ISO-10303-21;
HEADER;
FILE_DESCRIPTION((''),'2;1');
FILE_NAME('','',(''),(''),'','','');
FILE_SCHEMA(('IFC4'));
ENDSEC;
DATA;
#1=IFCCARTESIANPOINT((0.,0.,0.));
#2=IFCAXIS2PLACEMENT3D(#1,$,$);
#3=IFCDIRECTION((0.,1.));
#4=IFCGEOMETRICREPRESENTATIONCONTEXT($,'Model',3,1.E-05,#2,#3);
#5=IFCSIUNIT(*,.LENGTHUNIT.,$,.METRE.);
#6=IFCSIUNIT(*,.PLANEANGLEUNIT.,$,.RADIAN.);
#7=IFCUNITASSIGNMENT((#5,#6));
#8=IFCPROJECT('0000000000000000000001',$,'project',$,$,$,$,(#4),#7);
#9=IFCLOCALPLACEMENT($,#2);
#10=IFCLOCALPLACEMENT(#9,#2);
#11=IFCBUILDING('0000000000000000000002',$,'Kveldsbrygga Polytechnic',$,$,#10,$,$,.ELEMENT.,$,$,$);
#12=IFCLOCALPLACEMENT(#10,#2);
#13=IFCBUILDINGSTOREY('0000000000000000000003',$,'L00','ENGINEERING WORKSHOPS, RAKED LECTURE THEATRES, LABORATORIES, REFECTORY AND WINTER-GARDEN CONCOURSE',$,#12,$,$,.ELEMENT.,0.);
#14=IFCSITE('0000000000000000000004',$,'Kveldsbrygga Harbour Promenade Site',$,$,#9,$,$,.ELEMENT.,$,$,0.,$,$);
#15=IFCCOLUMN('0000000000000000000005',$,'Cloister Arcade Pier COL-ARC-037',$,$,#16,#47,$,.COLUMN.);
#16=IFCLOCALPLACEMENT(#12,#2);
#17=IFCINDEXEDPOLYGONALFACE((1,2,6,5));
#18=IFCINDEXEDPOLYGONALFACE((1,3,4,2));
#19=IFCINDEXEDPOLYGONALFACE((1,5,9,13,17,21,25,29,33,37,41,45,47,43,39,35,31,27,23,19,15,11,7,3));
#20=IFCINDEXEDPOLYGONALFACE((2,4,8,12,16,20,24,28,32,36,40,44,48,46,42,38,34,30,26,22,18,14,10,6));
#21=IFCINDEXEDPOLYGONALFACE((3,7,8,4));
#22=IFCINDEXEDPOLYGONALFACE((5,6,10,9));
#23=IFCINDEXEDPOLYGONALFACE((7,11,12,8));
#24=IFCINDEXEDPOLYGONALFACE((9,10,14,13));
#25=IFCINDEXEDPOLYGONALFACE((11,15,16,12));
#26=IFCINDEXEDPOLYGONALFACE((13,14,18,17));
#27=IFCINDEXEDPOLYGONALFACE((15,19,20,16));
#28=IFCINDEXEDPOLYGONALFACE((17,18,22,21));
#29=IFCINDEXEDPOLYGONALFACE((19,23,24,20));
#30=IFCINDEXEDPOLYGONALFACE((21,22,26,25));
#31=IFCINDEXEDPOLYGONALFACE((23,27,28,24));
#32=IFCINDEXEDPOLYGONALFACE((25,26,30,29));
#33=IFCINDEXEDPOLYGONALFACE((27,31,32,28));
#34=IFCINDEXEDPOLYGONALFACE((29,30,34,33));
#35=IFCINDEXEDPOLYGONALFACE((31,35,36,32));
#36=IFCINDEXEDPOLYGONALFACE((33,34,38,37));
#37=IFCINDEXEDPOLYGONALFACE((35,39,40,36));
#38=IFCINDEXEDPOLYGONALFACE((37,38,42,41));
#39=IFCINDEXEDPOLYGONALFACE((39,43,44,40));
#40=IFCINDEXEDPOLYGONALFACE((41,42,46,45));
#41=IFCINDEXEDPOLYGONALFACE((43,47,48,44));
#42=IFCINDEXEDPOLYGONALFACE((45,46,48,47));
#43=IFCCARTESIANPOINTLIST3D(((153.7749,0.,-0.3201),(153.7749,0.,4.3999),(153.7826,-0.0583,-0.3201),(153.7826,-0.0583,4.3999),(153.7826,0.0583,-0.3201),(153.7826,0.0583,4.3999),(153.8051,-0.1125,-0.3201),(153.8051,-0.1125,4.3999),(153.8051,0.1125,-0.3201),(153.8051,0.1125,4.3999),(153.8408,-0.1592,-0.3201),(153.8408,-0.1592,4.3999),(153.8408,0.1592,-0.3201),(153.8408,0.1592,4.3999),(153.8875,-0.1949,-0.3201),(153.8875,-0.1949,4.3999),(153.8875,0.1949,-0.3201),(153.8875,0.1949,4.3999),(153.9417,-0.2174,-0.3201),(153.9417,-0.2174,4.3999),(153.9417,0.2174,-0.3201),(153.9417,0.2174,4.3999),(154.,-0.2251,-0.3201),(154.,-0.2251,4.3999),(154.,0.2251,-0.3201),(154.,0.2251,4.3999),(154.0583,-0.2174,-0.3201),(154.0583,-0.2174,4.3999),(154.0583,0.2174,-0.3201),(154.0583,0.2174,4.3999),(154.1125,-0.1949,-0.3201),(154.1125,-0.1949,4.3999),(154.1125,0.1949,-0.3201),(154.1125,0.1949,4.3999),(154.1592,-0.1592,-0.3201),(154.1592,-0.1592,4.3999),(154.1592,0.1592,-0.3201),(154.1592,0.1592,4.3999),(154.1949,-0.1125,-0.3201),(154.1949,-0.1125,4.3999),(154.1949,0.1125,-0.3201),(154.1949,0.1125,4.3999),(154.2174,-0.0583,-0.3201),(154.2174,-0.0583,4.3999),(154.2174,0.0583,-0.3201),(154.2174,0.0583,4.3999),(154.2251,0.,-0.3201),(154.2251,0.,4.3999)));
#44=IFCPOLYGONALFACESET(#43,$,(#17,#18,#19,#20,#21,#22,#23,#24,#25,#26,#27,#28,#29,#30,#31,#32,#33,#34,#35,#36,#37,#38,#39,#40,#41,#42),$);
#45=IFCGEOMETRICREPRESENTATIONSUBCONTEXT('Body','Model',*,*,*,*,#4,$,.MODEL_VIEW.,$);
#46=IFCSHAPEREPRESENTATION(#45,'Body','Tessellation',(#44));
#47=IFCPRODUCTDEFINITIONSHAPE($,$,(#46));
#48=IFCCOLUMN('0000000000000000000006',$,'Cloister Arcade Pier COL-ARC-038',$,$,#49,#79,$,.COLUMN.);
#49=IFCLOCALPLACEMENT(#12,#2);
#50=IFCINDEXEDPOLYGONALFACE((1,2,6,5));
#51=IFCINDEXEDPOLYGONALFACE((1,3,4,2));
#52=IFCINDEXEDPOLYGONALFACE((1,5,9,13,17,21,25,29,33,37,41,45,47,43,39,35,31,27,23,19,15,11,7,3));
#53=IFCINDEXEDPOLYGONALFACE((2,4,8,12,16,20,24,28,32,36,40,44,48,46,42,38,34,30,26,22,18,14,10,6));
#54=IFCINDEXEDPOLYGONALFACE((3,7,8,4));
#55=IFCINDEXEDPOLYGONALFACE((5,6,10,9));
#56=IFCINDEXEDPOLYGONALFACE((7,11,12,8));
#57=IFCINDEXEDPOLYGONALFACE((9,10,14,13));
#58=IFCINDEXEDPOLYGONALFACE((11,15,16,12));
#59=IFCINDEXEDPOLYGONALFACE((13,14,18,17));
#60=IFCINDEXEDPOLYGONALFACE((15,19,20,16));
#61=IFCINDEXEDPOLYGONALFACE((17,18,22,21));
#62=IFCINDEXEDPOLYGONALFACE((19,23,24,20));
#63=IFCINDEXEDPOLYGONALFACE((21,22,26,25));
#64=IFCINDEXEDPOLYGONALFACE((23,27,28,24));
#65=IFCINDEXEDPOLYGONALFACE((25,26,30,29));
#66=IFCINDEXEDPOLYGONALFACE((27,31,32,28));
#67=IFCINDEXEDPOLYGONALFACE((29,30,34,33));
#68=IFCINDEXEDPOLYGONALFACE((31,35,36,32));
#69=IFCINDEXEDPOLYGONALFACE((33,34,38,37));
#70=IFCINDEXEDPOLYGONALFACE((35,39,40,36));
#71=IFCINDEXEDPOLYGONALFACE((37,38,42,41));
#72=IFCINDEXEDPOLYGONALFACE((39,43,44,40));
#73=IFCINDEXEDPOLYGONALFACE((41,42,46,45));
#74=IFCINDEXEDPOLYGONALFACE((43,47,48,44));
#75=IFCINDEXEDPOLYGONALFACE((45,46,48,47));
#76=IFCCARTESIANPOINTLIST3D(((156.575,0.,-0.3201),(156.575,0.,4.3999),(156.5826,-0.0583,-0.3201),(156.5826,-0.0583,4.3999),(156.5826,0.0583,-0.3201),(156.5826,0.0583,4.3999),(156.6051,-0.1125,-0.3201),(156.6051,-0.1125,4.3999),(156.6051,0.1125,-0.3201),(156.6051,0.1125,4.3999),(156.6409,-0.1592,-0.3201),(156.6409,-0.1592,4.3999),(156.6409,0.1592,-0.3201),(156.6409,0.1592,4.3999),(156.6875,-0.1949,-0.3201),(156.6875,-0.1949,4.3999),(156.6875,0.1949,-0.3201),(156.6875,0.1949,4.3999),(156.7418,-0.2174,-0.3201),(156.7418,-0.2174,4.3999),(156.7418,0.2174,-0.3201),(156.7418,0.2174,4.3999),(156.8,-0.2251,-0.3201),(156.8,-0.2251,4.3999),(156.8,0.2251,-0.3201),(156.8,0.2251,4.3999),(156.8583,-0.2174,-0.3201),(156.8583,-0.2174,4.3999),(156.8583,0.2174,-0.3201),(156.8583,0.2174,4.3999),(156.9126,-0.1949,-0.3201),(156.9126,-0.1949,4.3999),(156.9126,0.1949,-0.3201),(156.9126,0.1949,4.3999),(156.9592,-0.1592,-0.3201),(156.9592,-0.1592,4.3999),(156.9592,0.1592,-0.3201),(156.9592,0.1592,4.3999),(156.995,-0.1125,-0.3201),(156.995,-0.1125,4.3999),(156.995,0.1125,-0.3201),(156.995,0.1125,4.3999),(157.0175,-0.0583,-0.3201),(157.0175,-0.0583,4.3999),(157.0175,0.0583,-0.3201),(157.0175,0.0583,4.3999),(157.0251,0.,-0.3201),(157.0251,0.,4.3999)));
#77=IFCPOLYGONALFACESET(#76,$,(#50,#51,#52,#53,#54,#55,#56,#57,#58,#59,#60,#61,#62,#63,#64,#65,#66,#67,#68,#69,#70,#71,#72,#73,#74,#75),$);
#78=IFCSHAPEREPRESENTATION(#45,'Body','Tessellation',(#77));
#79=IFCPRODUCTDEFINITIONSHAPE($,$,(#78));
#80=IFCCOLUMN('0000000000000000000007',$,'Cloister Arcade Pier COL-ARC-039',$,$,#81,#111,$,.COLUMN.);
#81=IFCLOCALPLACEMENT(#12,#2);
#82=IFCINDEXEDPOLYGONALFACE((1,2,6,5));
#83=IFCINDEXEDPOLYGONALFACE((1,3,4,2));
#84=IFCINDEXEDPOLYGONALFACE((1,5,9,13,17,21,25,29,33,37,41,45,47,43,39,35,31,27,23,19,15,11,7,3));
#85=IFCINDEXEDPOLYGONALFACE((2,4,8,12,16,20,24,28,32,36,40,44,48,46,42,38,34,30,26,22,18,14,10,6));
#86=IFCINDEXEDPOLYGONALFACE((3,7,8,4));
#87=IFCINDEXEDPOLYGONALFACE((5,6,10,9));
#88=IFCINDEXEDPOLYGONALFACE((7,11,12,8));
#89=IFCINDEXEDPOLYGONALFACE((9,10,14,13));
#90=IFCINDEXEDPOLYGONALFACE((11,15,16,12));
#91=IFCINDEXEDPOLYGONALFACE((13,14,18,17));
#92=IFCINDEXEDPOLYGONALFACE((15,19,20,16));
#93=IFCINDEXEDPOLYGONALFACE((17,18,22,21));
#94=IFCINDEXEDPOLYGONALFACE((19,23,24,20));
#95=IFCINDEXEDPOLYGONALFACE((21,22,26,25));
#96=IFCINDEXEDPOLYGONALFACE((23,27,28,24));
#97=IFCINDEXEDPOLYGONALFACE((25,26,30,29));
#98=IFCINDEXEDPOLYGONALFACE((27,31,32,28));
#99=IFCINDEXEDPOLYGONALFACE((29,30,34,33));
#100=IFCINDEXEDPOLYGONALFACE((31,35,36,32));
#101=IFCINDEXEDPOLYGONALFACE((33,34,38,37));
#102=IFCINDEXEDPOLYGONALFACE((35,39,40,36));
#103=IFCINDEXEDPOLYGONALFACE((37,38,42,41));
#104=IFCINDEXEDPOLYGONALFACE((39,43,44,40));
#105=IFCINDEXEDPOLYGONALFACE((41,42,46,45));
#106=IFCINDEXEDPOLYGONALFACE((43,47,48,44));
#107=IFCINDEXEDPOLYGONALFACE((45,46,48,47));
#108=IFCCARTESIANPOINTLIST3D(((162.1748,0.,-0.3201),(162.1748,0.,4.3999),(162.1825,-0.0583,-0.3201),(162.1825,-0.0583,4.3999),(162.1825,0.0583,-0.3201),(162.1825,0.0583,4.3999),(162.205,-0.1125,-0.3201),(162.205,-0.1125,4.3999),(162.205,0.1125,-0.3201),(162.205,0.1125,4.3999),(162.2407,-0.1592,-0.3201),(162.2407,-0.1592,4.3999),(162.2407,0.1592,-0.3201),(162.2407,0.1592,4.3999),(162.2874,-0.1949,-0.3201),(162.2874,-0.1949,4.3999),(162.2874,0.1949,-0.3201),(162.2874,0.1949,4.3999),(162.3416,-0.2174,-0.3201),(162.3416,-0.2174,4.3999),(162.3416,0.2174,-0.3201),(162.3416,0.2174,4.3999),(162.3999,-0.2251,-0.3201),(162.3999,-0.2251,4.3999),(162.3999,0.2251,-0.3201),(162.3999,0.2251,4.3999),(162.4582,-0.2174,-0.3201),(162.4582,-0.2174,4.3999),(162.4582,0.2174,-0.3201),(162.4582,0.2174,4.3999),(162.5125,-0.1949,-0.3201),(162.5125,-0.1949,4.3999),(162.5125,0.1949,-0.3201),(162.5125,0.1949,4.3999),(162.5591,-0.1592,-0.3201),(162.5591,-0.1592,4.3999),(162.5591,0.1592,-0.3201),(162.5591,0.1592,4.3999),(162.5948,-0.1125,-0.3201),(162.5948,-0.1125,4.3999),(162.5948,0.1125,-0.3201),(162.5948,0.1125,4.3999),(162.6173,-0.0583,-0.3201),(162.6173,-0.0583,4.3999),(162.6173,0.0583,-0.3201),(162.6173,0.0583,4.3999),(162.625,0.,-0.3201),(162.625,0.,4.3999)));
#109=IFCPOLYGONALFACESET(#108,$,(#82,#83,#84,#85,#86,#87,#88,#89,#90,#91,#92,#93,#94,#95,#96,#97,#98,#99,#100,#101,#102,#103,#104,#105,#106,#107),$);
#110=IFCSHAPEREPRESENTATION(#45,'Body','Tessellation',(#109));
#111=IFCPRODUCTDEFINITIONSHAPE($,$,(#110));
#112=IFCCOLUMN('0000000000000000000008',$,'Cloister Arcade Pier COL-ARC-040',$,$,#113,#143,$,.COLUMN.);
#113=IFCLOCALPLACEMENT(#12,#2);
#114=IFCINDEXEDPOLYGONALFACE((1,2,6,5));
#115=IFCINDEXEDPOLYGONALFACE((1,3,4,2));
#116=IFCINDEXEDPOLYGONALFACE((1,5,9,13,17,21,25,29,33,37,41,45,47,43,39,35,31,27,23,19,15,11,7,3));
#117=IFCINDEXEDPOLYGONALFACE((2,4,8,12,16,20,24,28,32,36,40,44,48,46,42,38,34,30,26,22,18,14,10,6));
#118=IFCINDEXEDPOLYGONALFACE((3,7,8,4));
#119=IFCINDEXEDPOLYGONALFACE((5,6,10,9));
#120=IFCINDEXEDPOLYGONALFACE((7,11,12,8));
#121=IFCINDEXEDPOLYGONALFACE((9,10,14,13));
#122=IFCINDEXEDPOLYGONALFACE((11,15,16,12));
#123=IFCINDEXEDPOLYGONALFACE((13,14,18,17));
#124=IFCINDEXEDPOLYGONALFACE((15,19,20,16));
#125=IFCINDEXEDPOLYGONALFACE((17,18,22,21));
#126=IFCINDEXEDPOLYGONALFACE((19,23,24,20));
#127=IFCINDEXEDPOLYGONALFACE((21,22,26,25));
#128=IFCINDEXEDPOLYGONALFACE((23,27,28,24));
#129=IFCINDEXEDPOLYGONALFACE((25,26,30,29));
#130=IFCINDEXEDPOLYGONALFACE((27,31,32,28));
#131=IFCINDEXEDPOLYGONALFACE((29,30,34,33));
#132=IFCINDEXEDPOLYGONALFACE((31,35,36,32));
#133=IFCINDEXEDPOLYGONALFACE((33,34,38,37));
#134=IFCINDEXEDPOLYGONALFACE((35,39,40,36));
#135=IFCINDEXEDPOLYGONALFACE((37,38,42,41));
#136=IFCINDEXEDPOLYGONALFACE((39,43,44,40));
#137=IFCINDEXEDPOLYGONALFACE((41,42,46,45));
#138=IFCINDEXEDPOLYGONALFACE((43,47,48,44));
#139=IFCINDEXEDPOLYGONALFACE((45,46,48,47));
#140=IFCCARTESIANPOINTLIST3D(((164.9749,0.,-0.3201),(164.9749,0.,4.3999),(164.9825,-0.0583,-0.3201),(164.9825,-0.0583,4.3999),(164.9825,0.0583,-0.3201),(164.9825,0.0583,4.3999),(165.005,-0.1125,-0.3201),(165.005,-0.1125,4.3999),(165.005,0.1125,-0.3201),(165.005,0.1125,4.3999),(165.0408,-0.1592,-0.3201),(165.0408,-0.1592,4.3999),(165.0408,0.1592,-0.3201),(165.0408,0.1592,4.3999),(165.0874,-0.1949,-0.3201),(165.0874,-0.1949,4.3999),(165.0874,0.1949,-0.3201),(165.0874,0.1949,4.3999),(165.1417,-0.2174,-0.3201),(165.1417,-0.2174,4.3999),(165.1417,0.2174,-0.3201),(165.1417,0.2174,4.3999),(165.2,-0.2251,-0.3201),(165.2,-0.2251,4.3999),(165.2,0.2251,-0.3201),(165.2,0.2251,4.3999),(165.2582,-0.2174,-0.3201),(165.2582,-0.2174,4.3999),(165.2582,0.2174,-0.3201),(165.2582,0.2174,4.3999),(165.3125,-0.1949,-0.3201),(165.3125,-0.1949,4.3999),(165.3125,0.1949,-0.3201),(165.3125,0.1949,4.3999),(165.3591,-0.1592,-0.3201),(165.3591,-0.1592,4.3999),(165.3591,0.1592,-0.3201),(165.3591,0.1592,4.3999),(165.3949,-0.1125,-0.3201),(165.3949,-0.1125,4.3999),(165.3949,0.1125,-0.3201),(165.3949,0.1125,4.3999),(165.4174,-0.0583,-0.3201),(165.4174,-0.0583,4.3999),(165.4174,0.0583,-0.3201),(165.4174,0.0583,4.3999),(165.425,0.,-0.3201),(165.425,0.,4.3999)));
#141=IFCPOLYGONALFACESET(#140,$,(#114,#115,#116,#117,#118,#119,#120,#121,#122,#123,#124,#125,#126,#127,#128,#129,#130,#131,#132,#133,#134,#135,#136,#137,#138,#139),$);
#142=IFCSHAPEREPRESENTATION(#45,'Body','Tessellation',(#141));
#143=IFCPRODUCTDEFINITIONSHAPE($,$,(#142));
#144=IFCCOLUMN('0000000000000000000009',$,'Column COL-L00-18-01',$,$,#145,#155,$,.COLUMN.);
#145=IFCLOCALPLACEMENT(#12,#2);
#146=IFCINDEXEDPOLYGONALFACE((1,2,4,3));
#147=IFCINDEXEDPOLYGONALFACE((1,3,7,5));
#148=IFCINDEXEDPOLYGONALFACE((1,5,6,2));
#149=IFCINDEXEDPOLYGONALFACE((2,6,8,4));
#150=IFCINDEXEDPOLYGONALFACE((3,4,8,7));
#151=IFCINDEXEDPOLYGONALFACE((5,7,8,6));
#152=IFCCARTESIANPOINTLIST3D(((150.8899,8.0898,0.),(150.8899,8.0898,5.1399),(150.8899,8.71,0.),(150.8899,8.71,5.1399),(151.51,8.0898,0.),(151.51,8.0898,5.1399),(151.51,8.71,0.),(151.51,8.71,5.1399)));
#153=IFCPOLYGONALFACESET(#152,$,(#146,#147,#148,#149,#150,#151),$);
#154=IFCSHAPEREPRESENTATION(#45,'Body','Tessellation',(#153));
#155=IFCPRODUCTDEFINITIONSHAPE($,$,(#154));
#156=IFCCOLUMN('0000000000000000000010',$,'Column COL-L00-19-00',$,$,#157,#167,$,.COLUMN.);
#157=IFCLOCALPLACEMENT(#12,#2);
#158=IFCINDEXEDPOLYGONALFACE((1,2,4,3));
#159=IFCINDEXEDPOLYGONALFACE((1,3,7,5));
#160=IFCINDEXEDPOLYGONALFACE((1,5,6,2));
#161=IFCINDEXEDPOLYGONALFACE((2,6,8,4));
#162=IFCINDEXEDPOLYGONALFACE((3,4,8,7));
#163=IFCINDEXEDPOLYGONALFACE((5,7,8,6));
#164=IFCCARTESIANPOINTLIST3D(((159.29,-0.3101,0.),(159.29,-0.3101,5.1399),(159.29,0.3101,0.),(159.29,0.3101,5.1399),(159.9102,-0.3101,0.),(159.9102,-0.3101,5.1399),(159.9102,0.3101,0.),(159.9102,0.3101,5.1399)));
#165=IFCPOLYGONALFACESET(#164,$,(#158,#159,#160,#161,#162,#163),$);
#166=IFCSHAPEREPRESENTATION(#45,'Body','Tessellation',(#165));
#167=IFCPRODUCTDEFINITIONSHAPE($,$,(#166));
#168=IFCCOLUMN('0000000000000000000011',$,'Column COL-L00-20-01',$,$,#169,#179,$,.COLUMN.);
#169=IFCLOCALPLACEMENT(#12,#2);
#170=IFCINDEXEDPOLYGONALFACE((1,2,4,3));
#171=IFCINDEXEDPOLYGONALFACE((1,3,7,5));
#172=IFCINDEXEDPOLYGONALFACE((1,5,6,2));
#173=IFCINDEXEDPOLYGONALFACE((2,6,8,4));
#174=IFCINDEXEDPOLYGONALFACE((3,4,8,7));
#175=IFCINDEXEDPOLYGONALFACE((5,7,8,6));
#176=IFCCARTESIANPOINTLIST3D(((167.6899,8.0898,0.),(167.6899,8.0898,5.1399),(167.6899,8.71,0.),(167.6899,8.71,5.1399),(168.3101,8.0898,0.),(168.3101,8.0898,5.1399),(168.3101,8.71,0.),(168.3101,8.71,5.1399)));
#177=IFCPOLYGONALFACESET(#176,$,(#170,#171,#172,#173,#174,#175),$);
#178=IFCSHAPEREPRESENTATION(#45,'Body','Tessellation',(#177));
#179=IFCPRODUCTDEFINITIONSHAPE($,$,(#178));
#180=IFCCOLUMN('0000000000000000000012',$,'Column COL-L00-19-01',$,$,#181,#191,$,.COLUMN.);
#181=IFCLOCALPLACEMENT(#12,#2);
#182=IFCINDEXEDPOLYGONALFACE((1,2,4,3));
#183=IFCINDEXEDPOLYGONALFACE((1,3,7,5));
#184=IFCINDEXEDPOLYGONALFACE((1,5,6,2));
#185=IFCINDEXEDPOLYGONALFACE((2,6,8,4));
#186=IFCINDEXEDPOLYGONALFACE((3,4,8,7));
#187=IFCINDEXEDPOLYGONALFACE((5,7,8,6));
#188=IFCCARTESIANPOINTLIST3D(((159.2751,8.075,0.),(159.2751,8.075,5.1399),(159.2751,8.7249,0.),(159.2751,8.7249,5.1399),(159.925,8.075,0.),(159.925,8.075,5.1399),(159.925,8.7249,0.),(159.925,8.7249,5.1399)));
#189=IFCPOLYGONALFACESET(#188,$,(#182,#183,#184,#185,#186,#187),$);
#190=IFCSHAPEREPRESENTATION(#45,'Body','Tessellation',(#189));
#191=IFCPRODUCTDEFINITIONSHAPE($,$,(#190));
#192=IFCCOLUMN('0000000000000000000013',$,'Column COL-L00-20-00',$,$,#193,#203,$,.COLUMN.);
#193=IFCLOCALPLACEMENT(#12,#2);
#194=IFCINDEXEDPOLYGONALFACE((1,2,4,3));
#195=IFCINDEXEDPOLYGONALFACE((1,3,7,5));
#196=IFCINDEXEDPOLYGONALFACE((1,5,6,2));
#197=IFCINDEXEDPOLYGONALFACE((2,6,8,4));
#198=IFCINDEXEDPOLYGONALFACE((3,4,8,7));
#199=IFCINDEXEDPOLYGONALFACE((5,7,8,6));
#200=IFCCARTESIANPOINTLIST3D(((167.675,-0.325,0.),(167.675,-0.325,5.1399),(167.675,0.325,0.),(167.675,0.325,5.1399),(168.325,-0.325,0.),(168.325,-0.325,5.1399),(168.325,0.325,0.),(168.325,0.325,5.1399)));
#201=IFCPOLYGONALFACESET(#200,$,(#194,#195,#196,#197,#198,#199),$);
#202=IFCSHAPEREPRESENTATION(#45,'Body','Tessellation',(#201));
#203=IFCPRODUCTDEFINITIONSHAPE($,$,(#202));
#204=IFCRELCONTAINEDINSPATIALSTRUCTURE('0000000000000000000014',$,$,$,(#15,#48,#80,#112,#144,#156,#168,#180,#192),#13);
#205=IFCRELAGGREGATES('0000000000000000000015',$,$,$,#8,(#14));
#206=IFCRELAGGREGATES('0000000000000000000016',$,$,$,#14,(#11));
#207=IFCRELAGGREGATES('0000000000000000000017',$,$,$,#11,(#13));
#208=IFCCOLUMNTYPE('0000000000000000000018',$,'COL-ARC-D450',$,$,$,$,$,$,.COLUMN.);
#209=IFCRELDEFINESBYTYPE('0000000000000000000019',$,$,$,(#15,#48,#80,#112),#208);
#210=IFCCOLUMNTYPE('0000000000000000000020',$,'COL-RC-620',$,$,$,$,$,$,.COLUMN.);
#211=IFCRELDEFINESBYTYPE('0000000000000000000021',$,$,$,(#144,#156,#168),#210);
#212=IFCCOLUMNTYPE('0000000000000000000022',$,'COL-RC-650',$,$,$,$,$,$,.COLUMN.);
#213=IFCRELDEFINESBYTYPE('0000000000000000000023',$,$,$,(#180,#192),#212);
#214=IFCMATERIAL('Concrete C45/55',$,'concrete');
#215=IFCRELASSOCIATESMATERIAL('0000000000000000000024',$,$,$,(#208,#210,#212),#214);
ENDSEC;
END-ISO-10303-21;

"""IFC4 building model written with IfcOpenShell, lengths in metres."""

from ifc_helpers import new_model, si_unit, direction, frame, origin, origin_2d, place, context, subcontext, project, spatial, rectangle, circle, extrude, material, material_profile, profile_set, type_object, element, save


model = new_model("IFC4")

# Units and contexts
model_context = context("Model", 3, precision=1e-05, world=origin(), true_north=direction((0.0, 1.0)))
body_context = subcontext(model_context, "Body", "Model", "MODEL_VIEW")
ifc_project = project(units=[si_unit("LENGTHUNIT", "METRE"), si_unit("PLANEANGLEUNIT", "RADIAN")], contexts=[model_context])

# Site, building, storey
site_placement = place(None, origin())
site = spatial("IfcSite", under=ifc_project, at=site_placement, Name="Kveldsbrygga Harbour Promenade Site", CompositionType="ELEMENT", RefElevation=0.0)
building_placement = place(site_placement, origin())
building = spatial("IfcBuilding", under=site, at=building_placement, Name="Kveldsbrygga Polytechnic", CompositionType="ELEMENT")
storey_placement = place(building_placement, origin())
storey = spatial("IfcBuildingStorey", under=building, at=storey_placement, Name="L00", Description="ENGINEERING WORKSHOPS, RAKED LECTURE THEATRES, LABORATORIES, REFECTORY AND WINTER-GARDEN CONCOURSE", CompositionType="ELEMENT", Elevation=0.0)

# Columns
ifc_material_1 = material(Name="Concrete C45/55", Category="concrete")
ifc_material_profile_1 = material_profile(ifc_material_1, circle(Radius=0.2251, at=origin_2d()), Name="RC D450")
ifc_profile_set_1 = profile_set([ifc_material_profile_1], Name="Concrete C45/55")
column_type_1 = type_object("IfcColumnType", Name="COL-ARC-D450", PredefinedType="COLUMN", material=ifc_profile_set_1)
for number, where, z_axis, x_axis, name in (
    (1, (154.0, 0.0, -0.3201), (0.0, 0.0, 1.0), (1.0, 0.0, 0.0), "Cloister Arcade Pier COL-ARC-037"),
    (2, (156.8, 0.0, -0.3201), (0.0, 0.0, 1.0), (1.0, 0.0, 0.0), "Cloister Arcade Pier COL-ARC-038"),
    (3, (162.3999, 0.0, -0.3201), (0.0, 0.0, 1.0), (1.0, 0.0, 0.0), "Cloister Arcade Pier COL-ARC-039"),
    (4, (165.2, 0.0, -0.3201), (0.0, 0.0, 1.0), (1.0, 0.0, 0.0), "Cloister Arcade Pier COL-ARC-040"),
):
    element("IfcColumn", number, at=place(storey_placement, frame(where, z_axis=z_axis, x_axis=x_axis)), inside=storey, type_object=column_type_1, Name=name, PredefinedType="COLUMN", context=body_context, shape_type="SweptSolid", body=[
        extrude(circle(Radius=0.2251, at=origin_2d()), origin(), (0.0, 0.0, 1.0), 4.72),
    ])
ifc_material_profile_2 = material_profile(ifc_material_1, rectangle(XDim=0.6201, YDim=0.6201, at=origin_2d()), Name="RC 620x620")
ifc_profile_set_2 = profile_set([ifc_material_profile_2], Name="Concrete C45/55")
column_type_2 = type_object("IfcColumnType", Name="COL-RC-620", PredefinedType="COLUMN", material=ifc_profile_set_2)
for number, where, z_axis, x_axis, name in (
    (5, (151.2, 8.3999, 0.0), (0.0, 0.0, 1.0), (1.0, 0.0, 0.0), "Column COL-L00-18-01"),
    (6, (159.6001, 0.0, 0.0), (0.0, 0.0, 1.0), (1.0, 0.0, 0.0), "Column COL-L00-19-00"),
    (7, (168.0, 8.3999, 0.0), (0.0, 0.0, 1.0), (1.0, 0.0, 0.0), "Column COL-L00-20-01"),
):
    element("IfcColumn", number, at=place(storey_placement, frame(where, z_axis=z_axis, x_axis=x_axis)), inside=storey, type_object=column_type_2, Name=name, PredefinedType="COLUMN", context=body_context, shape_type="SweptSolid", body=[
        extrude(rectangle(XDim=0.6201, YDim=0.6201, at=origin_2d()), origin(), (0.0, 0.0, 1.0), 5.1399),
    ])
ifc_material_profile_3 = material_profile(ifc_material_1, rectangle(XDim=0.6499, YDim=0.6499, at=origin_2d()), Name="RC 650x650")
ifc_profile_set_3 = profile_set([ifc_material_profile_3], Name="Concrete C45/55")
column_type_3 = type_object("IfcColumnType", Name="COL-RC-650", PredefinedType="COLUMN", material=ifc_profile_set_3)
for number, where, z_axis, x_axis, name in (
    (8, (159.6001, 8.3999, 0.0), (0.0, 0.0, 1.0), (1.0, 0.0, 0.0), "Column COL-L00-19-01"),
    (9, (168.0, 0.0, 0.0), (0.0, 0.0, 1.0), (1.0, 0.0, 0.0), "Column COL-L00-20-00"),
):
    element("IfcColumn", number, at=place(storey_placement, frame(where, z_axis=z_axis, x_axis=x_axis)), inside=storey, type_object=column_type_3, Name=name, PredefinedType="COLUMN", context=body_context, shape_type="SweptSolid", body=[
        extrude(rectangle(XDim=0.6499, YDim=0.6499, at=origin_2d()), origin(), (0.0, 0.0, 1.0), 5.1399),
    ])

save(model, "model.ifc")
